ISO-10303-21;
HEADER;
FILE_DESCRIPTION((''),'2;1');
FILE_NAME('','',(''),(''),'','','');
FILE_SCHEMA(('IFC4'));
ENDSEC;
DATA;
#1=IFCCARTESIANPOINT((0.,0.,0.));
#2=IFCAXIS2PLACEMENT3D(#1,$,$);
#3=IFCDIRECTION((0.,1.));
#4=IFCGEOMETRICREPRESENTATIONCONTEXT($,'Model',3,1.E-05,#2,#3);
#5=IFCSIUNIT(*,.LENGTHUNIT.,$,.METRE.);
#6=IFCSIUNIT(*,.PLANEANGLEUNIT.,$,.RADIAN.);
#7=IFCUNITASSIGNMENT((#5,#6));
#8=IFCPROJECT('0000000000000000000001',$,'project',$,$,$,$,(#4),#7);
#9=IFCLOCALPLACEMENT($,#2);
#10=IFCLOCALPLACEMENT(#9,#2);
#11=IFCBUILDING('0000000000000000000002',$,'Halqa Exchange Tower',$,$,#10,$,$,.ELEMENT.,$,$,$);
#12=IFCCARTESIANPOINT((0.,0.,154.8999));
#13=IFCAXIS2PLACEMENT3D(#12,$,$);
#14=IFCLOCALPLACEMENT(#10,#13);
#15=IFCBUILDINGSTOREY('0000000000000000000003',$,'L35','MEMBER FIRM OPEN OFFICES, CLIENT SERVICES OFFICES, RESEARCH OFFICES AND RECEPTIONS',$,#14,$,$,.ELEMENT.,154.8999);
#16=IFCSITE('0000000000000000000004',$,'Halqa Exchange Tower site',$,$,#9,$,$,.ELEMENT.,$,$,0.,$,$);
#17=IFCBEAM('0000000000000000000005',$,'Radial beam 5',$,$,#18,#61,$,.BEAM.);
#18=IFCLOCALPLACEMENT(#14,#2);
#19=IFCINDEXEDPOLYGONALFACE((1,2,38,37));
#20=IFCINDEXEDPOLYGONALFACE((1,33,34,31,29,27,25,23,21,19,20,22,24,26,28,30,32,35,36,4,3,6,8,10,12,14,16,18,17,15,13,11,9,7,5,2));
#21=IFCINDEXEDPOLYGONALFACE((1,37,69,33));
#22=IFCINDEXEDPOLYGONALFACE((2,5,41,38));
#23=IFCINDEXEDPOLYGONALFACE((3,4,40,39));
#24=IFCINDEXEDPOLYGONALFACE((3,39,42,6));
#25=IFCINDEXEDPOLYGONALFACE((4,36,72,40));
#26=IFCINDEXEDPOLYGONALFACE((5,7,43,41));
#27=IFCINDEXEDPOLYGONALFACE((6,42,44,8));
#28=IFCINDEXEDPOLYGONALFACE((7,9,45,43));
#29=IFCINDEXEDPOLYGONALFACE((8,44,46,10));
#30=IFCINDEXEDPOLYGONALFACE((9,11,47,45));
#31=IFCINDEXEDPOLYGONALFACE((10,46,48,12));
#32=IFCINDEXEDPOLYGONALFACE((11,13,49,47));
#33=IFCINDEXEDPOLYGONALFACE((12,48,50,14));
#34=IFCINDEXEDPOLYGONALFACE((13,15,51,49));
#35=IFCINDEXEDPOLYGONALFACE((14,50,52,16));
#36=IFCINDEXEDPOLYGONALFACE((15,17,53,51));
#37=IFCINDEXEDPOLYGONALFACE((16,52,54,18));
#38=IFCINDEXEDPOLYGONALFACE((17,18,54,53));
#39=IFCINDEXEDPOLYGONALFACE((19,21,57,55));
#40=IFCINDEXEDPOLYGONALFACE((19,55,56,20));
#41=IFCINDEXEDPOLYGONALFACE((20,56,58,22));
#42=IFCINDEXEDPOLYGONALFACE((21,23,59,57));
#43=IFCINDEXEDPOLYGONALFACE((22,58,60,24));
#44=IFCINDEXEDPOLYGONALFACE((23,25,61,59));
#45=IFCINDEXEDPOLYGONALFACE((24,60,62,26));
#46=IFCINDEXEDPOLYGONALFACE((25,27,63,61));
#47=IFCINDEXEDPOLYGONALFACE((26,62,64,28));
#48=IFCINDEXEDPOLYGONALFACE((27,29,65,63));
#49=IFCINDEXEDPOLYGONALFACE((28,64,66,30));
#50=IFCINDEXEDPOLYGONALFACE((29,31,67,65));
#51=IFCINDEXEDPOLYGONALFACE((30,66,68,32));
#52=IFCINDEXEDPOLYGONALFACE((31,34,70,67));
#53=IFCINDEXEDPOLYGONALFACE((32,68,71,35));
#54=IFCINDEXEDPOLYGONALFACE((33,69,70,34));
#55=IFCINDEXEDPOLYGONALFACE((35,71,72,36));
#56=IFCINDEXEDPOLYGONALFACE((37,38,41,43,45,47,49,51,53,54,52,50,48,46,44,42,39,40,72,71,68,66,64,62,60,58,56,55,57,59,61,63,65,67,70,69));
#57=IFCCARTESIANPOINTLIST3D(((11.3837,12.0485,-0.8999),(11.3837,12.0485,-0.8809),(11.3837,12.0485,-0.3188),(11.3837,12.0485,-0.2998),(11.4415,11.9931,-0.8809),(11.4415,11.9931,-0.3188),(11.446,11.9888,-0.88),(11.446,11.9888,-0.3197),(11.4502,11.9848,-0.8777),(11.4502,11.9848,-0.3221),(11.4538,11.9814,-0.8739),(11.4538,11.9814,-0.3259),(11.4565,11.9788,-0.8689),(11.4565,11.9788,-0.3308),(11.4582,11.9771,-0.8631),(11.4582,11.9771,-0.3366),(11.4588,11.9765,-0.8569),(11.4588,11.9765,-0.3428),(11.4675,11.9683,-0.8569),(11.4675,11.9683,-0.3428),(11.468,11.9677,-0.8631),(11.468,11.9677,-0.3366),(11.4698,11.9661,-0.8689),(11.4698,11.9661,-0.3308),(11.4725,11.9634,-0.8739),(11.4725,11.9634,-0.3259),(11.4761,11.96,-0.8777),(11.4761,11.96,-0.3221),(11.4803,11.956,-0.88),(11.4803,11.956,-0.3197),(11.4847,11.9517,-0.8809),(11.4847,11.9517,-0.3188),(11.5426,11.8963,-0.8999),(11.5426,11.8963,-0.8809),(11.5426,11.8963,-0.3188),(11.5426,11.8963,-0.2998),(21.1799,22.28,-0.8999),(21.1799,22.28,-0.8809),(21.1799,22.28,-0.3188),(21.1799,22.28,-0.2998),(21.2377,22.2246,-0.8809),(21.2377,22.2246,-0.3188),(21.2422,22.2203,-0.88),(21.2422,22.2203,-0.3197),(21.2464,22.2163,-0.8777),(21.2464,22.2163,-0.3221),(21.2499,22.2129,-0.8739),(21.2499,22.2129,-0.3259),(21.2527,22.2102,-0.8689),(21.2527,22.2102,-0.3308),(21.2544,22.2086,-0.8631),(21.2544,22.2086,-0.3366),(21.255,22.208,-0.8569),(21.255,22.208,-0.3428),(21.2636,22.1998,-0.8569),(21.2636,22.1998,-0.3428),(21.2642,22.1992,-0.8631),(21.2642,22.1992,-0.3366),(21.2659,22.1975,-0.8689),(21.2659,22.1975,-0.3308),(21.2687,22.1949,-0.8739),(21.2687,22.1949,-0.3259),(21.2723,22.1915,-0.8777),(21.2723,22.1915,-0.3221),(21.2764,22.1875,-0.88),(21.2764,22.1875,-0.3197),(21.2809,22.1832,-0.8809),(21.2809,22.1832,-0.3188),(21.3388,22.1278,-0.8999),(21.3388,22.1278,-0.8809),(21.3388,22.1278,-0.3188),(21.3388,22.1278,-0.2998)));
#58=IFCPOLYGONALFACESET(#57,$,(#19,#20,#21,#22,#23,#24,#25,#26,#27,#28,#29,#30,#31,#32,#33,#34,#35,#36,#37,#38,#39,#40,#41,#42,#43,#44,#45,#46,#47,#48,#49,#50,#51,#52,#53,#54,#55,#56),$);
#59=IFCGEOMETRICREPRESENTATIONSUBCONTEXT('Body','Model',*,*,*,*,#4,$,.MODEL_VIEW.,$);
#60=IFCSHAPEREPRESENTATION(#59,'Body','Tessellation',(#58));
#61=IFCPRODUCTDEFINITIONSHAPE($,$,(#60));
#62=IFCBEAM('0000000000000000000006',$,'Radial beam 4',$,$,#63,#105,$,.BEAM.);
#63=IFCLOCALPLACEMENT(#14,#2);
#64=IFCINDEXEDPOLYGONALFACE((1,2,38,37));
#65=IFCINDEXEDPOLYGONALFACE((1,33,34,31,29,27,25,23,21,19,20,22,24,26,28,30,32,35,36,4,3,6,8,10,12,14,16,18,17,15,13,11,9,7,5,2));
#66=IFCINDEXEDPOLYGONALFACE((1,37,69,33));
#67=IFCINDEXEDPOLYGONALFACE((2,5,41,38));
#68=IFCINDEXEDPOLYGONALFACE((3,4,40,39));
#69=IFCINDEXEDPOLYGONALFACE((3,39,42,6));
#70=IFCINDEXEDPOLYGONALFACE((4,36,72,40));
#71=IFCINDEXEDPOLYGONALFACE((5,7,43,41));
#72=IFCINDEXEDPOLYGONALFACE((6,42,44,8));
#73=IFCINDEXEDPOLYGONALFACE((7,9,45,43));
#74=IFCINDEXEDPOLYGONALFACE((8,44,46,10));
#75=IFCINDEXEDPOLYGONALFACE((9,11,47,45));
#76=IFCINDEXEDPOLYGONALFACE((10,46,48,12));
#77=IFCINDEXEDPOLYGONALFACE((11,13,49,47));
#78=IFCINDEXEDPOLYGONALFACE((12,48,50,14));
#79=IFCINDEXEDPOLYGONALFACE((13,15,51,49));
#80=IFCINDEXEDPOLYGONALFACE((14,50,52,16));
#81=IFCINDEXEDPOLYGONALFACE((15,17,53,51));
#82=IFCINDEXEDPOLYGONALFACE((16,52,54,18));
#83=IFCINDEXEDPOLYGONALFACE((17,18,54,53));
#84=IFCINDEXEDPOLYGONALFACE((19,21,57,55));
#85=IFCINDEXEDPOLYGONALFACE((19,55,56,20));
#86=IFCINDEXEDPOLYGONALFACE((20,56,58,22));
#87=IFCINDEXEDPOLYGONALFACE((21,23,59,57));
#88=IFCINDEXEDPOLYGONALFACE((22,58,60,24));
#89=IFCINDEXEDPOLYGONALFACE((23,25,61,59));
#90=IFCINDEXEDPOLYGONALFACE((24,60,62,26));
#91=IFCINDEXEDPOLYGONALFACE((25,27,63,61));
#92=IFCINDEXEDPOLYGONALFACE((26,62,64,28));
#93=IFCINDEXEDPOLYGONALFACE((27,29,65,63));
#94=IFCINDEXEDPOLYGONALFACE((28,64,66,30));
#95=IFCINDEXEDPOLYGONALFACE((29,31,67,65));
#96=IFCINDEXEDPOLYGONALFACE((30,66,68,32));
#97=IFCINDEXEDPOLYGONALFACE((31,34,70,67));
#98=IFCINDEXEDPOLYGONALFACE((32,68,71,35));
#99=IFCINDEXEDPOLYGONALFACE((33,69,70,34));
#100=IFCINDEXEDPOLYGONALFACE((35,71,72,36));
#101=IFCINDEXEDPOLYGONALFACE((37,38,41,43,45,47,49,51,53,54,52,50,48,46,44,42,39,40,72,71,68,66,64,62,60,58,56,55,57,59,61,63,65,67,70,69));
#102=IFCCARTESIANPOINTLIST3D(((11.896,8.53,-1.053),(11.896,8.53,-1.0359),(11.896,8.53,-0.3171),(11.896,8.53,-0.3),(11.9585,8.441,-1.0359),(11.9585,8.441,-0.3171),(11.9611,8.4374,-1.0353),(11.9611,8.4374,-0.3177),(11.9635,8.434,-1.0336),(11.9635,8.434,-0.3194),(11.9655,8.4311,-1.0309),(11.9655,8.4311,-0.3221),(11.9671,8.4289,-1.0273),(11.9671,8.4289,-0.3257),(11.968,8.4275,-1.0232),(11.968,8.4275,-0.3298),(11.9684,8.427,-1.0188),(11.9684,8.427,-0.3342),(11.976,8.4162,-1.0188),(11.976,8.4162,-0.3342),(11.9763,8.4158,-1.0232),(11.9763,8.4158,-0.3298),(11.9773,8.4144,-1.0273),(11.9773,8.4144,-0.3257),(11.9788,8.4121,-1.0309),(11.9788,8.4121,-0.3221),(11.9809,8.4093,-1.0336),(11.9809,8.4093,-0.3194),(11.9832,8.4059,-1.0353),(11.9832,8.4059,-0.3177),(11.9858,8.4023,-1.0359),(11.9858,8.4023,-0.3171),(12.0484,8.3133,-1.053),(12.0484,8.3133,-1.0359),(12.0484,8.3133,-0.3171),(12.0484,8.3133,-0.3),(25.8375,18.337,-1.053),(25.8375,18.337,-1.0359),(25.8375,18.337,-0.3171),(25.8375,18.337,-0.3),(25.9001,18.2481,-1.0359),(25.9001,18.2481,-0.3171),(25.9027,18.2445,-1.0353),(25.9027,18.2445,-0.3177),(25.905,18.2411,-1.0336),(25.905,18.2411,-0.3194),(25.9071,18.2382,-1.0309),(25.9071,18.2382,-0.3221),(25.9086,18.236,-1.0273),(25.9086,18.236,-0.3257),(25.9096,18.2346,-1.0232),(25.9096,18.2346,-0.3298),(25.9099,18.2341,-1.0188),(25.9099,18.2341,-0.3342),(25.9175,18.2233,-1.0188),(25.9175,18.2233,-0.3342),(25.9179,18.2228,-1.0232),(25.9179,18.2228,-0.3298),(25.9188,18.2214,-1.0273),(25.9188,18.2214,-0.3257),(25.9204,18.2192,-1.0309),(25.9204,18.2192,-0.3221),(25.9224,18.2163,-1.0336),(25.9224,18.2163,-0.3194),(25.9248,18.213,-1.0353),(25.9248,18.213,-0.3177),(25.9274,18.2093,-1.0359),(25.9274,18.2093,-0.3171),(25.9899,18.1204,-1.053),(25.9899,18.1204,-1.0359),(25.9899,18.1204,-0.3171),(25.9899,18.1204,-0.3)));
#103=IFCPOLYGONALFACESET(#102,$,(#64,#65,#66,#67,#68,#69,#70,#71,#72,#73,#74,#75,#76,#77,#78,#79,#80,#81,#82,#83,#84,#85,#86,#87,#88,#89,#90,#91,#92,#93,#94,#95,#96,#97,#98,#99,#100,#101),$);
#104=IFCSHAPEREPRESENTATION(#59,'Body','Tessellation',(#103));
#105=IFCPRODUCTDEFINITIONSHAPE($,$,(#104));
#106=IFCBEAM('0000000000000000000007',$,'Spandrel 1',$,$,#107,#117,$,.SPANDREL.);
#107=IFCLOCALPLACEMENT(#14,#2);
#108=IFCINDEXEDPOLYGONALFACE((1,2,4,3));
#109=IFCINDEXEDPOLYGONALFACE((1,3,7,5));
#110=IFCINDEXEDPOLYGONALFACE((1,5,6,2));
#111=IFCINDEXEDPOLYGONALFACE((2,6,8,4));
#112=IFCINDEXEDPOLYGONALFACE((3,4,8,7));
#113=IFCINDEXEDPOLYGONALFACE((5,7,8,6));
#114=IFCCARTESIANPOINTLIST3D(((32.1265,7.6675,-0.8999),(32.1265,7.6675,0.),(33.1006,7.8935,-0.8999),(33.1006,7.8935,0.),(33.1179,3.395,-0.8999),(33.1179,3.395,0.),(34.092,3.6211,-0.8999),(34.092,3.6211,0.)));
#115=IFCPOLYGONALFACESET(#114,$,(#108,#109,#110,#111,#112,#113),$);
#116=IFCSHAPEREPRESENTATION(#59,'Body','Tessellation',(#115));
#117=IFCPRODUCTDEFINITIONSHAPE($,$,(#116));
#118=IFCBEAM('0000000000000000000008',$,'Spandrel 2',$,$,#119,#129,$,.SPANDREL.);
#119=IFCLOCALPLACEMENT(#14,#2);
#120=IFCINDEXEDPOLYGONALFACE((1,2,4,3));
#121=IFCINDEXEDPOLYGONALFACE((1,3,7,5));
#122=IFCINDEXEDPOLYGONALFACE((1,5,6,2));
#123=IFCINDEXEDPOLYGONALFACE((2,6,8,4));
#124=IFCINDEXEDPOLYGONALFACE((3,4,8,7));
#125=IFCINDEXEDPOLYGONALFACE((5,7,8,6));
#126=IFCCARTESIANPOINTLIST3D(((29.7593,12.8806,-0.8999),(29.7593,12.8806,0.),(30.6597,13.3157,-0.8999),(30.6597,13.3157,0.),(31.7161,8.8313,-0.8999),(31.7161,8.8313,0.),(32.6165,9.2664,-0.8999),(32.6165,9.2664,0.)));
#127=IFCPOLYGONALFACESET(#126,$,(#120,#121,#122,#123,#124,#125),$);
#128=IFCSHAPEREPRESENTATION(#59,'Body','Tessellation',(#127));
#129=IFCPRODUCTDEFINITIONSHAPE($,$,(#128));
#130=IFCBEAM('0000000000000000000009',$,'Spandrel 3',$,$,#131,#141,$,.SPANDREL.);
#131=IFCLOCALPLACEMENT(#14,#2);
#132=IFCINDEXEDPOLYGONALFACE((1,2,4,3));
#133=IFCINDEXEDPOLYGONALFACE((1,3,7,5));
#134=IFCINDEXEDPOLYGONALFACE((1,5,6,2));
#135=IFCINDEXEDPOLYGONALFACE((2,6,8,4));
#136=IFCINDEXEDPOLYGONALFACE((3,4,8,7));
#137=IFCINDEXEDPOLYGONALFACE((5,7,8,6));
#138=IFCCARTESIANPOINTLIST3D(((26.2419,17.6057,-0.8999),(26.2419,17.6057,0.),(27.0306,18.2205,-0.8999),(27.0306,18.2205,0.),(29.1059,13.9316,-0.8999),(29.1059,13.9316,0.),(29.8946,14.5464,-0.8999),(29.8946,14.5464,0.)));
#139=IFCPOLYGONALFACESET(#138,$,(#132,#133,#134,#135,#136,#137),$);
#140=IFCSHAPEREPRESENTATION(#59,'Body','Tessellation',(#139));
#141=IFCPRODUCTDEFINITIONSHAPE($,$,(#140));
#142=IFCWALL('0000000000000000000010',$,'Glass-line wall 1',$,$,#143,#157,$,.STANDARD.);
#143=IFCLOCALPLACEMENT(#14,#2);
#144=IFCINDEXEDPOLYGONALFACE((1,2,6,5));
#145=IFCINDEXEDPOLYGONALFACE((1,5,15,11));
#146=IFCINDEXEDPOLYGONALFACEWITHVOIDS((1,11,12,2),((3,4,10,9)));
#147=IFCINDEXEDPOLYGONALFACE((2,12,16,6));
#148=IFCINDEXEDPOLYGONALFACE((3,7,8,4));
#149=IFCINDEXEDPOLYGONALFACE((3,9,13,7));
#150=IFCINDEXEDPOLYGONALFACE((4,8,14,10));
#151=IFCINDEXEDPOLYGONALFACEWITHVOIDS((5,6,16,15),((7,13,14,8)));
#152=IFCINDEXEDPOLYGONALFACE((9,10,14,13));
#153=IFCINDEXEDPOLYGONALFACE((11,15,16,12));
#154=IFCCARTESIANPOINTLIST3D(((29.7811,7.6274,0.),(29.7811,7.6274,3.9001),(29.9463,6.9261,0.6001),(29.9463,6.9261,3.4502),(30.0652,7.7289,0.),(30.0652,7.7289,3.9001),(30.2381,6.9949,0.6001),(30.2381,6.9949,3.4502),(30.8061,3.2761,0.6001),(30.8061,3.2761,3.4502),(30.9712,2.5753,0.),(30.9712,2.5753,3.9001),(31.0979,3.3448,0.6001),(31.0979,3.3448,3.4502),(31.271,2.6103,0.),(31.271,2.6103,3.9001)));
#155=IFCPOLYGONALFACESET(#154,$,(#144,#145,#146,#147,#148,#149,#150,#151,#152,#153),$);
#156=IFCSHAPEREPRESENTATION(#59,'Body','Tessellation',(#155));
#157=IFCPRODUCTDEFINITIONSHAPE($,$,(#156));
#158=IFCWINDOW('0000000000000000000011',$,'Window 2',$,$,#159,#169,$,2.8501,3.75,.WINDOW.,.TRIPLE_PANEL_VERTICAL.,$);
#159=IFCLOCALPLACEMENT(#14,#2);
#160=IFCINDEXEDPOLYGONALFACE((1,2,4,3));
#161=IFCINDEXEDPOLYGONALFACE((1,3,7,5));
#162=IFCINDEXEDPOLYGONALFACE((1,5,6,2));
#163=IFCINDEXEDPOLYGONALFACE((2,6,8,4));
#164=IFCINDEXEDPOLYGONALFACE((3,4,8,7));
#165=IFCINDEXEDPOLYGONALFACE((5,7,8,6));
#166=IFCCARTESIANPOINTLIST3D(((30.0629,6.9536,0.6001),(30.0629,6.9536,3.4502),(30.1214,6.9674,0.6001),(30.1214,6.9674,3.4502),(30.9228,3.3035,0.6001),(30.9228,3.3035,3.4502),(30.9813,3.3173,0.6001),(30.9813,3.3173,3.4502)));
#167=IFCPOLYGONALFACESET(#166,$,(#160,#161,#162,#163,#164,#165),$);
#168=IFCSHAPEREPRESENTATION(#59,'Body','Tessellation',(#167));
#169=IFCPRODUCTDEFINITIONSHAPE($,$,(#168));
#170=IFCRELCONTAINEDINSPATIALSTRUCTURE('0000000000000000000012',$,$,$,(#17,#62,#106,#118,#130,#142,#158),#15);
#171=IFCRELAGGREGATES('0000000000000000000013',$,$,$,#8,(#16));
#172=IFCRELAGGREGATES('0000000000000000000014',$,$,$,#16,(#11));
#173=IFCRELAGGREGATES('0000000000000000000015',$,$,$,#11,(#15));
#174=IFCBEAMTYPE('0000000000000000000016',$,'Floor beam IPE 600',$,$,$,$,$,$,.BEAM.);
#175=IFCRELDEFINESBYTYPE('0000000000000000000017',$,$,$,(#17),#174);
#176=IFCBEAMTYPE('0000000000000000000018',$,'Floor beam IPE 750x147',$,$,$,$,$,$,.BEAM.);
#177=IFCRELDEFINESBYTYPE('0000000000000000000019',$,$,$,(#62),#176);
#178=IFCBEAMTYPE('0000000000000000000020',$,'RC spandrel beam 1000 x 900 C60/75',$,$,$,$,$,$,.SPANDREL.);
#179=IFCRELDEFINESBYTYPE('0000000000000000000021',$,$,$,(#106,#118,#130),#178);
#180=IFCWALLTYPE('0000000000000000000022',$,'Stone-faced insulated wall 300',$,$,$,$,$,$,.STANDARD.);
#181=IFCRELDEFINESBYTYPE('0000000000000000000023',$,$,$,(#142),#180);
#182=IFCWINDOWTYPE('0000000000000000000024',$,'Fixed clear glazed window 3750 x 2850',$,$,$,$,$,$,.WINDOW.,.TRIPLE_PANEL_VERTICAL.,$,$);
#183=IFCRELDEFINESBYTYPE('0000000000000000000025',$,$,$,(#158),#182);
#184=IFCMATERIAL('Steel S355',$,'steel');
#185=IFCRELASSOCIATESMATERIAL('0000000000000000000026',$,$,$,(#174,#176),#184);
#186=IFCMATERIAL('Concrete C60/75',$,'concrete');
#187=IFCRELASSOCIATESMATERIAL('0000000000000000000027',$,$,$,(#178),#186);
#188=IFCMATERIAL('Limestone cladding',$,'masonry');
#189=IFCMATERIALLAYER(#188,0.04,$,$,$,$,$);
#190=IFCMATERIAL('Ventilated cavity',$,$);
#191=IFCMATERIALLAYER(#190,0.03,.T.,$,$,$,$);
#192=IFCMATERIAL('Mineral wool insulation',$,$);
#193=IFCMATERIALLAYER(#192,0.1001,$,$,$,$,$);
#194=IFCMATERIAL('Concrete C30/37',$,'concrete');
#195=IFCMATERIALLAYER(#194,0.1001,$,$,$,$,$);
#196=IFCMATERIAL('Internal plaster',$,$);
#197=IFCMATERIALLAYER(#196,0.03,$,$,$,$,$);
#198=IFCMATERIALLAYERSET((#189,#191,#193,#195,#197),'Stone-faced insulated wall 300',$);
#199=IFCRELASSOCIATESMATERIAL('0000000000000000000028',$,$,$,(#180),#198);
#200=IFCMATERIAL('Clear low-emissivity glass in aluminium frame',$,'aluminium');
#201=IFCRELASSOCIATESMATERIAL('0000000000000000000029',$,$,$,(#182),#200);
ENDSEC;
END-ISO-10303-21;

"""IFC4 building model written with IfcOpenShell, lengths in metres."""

from ifc_helpers import new_model, si_unit, direction, frame, frame_2d, origin, origin_2d, place, context, subcontext, project, spatial, polyline, rectangle, i_section, outline, extrude, material, layer, layer_set, material_profile, profile_set, type_object, element, fill, save


model = new_model("IFC4")

# Units and contexts
model_context = context("Model", 3, precision=1e-05, world=origin(), true_north=direction((0.0, 1.0)))
body_context = subcontext(model_context, "Body", "Model", "MODEL_VIEW")
ifc_project = project(units=[si_unit("LENGTHUNIT", "METRE"), si_unit("PLANEANGLEUNIT", "RADIAN")], contexts=[model_context])

# Site, building, storey
site_placement = place(None, origin())
site = spatial("IfcSite", under=ifc_project, at=site_placement, Name="Halqa Exchange Tower site", CompositionType="ELEMENT", RefElevation=0.0)
building_placement = place(site_placement, origin())
building = spatial("IfcBuilding", under=site, at=building_placement, Name="Halqa Exchange Tower", CompositionType="ELEMENT")
storey_placement = place(building_placement, frame((0.0, 0.0, 154.8999)))
storey = spatial("IfcBuildingStorey", under=building, at=storey_placement, Name="L35", Description="MEMBER FIRM OPEN OFFICES, CLIENT SERVICES OFFICES, RESEARCH OFFICES AND RECEPTIONS", CompositionType="ELEMENT", Elevation=154.8999)

# Beams
ifc_material_1 = material(Name="Steel S355", Category="steel")
ifc_material_profile_1 = material_profile(ifc_material_1, i_section(OverallWidth=0.22, OverallDepth=0.6001, WebThickness=0.012, FlangeThickness=0.019, FilletRadius=0.0239, at=origin_2d()), Name="IPE 600")
ifc_profile_set_1 = profile_set([ifc_material_profile_1], Name="Steel S355")
beam_type_1 = type_object("IfcBeamType", Name="Floor beam IPE 600", PredefinedType="BEAM", material=ifc_profile_set_1)
beam_1_placement = place(storey_placement, frame((11.4631, 11.9724, -0.5999), z_axis=(0.691574, 0.722305, 0.0), x_axis=(-0.722305, 0.691574, 0.0)))
element("IfcBeam", 1, at=beam_1_placement, inside=storey, type_object=beam_type_1, Name="Radial beam 5", PredefinedType="BEAM", context=body_context, shape_type="SweptSolid", body=[
    extrude(i_section(OverallWidth=0.22, OverallDepth=0.6001, WebThickness=0.012, FlangeThickness=0.019, FilletRadius=0.0239, at=origin_2d()), origin(), (0.0, 0.0, 1.0), 14.165),
])
ifc_material_profile_2 = material_profile(ifc_material_1, i_section(OverallWidth=0.2649, OverallDepth=0.7529, WebThickness=0.0132, FlangeThickness=0.0171, FilletRadius=0.0171, at=origin_2d()), Name="IPE 750x147")
ifc_profile_set_2 = profile_set([ifc_material_profile_2], Name="Steel S355")
beam_type_2 = type_object("IfcBeamType", Name="Floor beam IPE 750x147", PredefinedType="BEAM", material=ifc_profile_set_2)
beam_2_placement = place(storey_placement, frame((11.9722, 8.4216, -0.6765), z_axis=(0.817908, 0.57535, 0.0), x_axis=(-0.57535, 0.817908, 0.0)))
element("IfcBeam", 2, at=beam_2_placement, inside=storey, type_object=beam_type_2, Name="Radial beam 4", PredefinedType="BEAM", context=body_context, shape_type="SweptSolid", body=[
    extrude(i_section(OverallWidth=0.2649, OverallDepth=0.7529, WebThickness=0.0132, FlangeThickness=0.0171, FilletRadius=0.0171, at=origin_2d()), origin(), (0.0, 0.0, 1.0), 17.0454),
])
ifc_material_2 = material(Name="Concrete C60/75", Category="concrete")
ifc_material_profile_3 = material_profile(ifc_material_2, rectangle(XDim=1.0, YDim=0.8999, at=origin_2d()), Name="1000 x 900")
ifc_profile_set_3 = profile_set([ifc_material_profile_3], Name="Concrete C60/75")
beam_type_3 = type_object("IfcBeamType", Name="RC spandrel beam 1000 x 900 C60/75", PredefinedType="SPANDREL", material=ifc_profile_set_3)
beam_3_placement = place(storey_placement, frame((33.605, 3.5081, -0.45), z_axis=(-0.22605, 0.974116, 0.0), x_axis=(-0.974116, -0.22605, 0.0)))
element("IfcBeam", 3, at=beam_3_placement, inside=storey, type_object=beam_type_3, Name="Spandrel 1", PredefinedType="SPANDREL", context=body_context, shape_type="SweptSolid", body=[
    extrude(rectangle(XDim=1.0, YDim=0.8999, at=origin_2d()), origin(), (0.0, 0.0, 1.0), 4.386),
])
beam_4_placement = place(storey_placement, frame((32.1663, 9.0488, -0.45), z_axis=(-0.4351, 0.900382, 0.0), x_axis=(-0.900382, -0.4351, 0.0)))
element("IfcBeam", 4, at=beam_4_placement, inside=storey, type_object=beam_type_3, Name="Spandrel 2", PredefinedType="SPANDREL", context=body_context, shape_type="SweptSolid", body=[
    extrude(rectangle(XDim=1.0, YDim=0.8999, at=origin_2d()), origin(), (0.0, 0.0, 1.0), 4.4973),
])
beam_5_placement = place(storey_placement, frame((29.5002, 14.239, -0.45), z_axis=(-0.614797, 0.788686, 0.0), x_axis=(-0.788686, -0.614797, 0.0)))
element("IfcBeam", 5, at=beam_5_placement, inside=storey, type_object=beam_type_3, Name="Spandrel 3", PredefinedType="SPANDREL", context=body_context, shape_type="SweptSolid", body=[
    extrude(rectangle(XDim=1.0, YDim=0.8999, at=origin_2d()), origin(), (0.0, 0.0, 1.0), 4.6584),
])

# Wall, opening, window
ifc_material_3 = material(Name="Limestone cladding", Category="masonry")
ifc_layer_1 = layer(ifc_material_3, 0.04)
ifc_material_4 = material(Name="Ventilated cavity")
ifc_layer_2 = layer(ifc_material_4, 0.03, ventilated=True)
ifc_material_5 = material(Name="Mineral wool insulation")
ifc_layer_3 = layer(ifc_material_5, 0.1001)
ifc_material_6 = material(Name="Concrete C30/37", Category="concrete")
ifc_layer_4 = layer(ifc_material_6, 0.1001)
ifc_material_7 = material(Name="Internal plaster")
ifc_layer_5 = layer(ifc_material_7, 0.03)
ifc_layer_set = layer_set([ifc_layer_1, ifc_layer_2, ifc_layer_3, ifc_layer_4, ifc_layer_5], Name="Stone-faced insulated wall 300")
wall_type = type_object("IfcWallType", Name="Stone-faced insulated wall 300", PredefinedType="STANDARD", material=ifc_layer_set)
wall_1_placement = place(storey_placement, frame((31.1211, 2.5928, 0.0), z_axis=(0.0, 0.0, 1.0), x_axis=(-0.229297, 0.973356, 0.0)))
wall_1 = element("IfcWall", 6, at=wall_1_placement, inside=storey, type_object=wall_type, Name="Glass-line wall 1", PredefinedType="STANDARD", context=body_context, shape_type="SweptSolid", body=[
    extrude(outline(polyline([(-0.0173, -0.1499), (5.2415, -0.1499), (5.2078, 0.1499), (0.0173, 0.1499), (-0.0173, -0.1499)])), origin(), (0.0, 0.0, 1.0), 3.9001),
])
opening_1_placement = place(wall_1_placement, frame((0.7373, 0.0, 0.6001)))
opening_1 = element("IfcOpeningElement", 7, at=opening_1_placement, cuts=wall_1, PredefinedType="OPENING", context=body_context, shape_type="SweptSolid", body=[
    extrude(rectangle(XDim=3.75, YDim=2.8501, at=frame_2d((1.875, 1.425))), frame((0.0, 0.1621, 0.0), z_axis=(0.0, -1.0, 0.0), x_axis=(1.0, 0.0, 0.0)), (0.0, 0.0, 1.0), 0.324),
])
ifc_material_8 = material(Name="Clear low-emissivity glass in aluminium frame", Category="aluminium")
window_type = type_object("IfcWindowType", Name="Fixed clear glazed window 3750 x 2850", PartitioningType="TRIPLE_PANEL_VERTICAL", PredefinedType="WINDOW", material=ifc_material_8)
window_1_placement = place(opening_1_placement, origin())
window_1 = element("IfcWindow", 8, at=window_1_placement, inside=storey, type_object=window_type, Name="Window 2", OverallHeight=2.8501, OverallWidth=3.75, PartitioningType="TRIPLE_PANEL_VERTICAL", PredefinedType="WINDOW", context=body_context, shape_type="SweptSolid", body=[
    extrude(rectangle(XDim=3.75, YDim=2.8501, at=frame_2d((1.875, 1.425))), frame((0.0, 0.03, 0.0), z_axis=(0.0, -1.0, 0.0), x_axis=(1.0, 0.0, 0.0)), (0.0, 0.0, 1.0), 0.0601),
])
fill(opening_1, window_1)

save(model, "model.ifc")
